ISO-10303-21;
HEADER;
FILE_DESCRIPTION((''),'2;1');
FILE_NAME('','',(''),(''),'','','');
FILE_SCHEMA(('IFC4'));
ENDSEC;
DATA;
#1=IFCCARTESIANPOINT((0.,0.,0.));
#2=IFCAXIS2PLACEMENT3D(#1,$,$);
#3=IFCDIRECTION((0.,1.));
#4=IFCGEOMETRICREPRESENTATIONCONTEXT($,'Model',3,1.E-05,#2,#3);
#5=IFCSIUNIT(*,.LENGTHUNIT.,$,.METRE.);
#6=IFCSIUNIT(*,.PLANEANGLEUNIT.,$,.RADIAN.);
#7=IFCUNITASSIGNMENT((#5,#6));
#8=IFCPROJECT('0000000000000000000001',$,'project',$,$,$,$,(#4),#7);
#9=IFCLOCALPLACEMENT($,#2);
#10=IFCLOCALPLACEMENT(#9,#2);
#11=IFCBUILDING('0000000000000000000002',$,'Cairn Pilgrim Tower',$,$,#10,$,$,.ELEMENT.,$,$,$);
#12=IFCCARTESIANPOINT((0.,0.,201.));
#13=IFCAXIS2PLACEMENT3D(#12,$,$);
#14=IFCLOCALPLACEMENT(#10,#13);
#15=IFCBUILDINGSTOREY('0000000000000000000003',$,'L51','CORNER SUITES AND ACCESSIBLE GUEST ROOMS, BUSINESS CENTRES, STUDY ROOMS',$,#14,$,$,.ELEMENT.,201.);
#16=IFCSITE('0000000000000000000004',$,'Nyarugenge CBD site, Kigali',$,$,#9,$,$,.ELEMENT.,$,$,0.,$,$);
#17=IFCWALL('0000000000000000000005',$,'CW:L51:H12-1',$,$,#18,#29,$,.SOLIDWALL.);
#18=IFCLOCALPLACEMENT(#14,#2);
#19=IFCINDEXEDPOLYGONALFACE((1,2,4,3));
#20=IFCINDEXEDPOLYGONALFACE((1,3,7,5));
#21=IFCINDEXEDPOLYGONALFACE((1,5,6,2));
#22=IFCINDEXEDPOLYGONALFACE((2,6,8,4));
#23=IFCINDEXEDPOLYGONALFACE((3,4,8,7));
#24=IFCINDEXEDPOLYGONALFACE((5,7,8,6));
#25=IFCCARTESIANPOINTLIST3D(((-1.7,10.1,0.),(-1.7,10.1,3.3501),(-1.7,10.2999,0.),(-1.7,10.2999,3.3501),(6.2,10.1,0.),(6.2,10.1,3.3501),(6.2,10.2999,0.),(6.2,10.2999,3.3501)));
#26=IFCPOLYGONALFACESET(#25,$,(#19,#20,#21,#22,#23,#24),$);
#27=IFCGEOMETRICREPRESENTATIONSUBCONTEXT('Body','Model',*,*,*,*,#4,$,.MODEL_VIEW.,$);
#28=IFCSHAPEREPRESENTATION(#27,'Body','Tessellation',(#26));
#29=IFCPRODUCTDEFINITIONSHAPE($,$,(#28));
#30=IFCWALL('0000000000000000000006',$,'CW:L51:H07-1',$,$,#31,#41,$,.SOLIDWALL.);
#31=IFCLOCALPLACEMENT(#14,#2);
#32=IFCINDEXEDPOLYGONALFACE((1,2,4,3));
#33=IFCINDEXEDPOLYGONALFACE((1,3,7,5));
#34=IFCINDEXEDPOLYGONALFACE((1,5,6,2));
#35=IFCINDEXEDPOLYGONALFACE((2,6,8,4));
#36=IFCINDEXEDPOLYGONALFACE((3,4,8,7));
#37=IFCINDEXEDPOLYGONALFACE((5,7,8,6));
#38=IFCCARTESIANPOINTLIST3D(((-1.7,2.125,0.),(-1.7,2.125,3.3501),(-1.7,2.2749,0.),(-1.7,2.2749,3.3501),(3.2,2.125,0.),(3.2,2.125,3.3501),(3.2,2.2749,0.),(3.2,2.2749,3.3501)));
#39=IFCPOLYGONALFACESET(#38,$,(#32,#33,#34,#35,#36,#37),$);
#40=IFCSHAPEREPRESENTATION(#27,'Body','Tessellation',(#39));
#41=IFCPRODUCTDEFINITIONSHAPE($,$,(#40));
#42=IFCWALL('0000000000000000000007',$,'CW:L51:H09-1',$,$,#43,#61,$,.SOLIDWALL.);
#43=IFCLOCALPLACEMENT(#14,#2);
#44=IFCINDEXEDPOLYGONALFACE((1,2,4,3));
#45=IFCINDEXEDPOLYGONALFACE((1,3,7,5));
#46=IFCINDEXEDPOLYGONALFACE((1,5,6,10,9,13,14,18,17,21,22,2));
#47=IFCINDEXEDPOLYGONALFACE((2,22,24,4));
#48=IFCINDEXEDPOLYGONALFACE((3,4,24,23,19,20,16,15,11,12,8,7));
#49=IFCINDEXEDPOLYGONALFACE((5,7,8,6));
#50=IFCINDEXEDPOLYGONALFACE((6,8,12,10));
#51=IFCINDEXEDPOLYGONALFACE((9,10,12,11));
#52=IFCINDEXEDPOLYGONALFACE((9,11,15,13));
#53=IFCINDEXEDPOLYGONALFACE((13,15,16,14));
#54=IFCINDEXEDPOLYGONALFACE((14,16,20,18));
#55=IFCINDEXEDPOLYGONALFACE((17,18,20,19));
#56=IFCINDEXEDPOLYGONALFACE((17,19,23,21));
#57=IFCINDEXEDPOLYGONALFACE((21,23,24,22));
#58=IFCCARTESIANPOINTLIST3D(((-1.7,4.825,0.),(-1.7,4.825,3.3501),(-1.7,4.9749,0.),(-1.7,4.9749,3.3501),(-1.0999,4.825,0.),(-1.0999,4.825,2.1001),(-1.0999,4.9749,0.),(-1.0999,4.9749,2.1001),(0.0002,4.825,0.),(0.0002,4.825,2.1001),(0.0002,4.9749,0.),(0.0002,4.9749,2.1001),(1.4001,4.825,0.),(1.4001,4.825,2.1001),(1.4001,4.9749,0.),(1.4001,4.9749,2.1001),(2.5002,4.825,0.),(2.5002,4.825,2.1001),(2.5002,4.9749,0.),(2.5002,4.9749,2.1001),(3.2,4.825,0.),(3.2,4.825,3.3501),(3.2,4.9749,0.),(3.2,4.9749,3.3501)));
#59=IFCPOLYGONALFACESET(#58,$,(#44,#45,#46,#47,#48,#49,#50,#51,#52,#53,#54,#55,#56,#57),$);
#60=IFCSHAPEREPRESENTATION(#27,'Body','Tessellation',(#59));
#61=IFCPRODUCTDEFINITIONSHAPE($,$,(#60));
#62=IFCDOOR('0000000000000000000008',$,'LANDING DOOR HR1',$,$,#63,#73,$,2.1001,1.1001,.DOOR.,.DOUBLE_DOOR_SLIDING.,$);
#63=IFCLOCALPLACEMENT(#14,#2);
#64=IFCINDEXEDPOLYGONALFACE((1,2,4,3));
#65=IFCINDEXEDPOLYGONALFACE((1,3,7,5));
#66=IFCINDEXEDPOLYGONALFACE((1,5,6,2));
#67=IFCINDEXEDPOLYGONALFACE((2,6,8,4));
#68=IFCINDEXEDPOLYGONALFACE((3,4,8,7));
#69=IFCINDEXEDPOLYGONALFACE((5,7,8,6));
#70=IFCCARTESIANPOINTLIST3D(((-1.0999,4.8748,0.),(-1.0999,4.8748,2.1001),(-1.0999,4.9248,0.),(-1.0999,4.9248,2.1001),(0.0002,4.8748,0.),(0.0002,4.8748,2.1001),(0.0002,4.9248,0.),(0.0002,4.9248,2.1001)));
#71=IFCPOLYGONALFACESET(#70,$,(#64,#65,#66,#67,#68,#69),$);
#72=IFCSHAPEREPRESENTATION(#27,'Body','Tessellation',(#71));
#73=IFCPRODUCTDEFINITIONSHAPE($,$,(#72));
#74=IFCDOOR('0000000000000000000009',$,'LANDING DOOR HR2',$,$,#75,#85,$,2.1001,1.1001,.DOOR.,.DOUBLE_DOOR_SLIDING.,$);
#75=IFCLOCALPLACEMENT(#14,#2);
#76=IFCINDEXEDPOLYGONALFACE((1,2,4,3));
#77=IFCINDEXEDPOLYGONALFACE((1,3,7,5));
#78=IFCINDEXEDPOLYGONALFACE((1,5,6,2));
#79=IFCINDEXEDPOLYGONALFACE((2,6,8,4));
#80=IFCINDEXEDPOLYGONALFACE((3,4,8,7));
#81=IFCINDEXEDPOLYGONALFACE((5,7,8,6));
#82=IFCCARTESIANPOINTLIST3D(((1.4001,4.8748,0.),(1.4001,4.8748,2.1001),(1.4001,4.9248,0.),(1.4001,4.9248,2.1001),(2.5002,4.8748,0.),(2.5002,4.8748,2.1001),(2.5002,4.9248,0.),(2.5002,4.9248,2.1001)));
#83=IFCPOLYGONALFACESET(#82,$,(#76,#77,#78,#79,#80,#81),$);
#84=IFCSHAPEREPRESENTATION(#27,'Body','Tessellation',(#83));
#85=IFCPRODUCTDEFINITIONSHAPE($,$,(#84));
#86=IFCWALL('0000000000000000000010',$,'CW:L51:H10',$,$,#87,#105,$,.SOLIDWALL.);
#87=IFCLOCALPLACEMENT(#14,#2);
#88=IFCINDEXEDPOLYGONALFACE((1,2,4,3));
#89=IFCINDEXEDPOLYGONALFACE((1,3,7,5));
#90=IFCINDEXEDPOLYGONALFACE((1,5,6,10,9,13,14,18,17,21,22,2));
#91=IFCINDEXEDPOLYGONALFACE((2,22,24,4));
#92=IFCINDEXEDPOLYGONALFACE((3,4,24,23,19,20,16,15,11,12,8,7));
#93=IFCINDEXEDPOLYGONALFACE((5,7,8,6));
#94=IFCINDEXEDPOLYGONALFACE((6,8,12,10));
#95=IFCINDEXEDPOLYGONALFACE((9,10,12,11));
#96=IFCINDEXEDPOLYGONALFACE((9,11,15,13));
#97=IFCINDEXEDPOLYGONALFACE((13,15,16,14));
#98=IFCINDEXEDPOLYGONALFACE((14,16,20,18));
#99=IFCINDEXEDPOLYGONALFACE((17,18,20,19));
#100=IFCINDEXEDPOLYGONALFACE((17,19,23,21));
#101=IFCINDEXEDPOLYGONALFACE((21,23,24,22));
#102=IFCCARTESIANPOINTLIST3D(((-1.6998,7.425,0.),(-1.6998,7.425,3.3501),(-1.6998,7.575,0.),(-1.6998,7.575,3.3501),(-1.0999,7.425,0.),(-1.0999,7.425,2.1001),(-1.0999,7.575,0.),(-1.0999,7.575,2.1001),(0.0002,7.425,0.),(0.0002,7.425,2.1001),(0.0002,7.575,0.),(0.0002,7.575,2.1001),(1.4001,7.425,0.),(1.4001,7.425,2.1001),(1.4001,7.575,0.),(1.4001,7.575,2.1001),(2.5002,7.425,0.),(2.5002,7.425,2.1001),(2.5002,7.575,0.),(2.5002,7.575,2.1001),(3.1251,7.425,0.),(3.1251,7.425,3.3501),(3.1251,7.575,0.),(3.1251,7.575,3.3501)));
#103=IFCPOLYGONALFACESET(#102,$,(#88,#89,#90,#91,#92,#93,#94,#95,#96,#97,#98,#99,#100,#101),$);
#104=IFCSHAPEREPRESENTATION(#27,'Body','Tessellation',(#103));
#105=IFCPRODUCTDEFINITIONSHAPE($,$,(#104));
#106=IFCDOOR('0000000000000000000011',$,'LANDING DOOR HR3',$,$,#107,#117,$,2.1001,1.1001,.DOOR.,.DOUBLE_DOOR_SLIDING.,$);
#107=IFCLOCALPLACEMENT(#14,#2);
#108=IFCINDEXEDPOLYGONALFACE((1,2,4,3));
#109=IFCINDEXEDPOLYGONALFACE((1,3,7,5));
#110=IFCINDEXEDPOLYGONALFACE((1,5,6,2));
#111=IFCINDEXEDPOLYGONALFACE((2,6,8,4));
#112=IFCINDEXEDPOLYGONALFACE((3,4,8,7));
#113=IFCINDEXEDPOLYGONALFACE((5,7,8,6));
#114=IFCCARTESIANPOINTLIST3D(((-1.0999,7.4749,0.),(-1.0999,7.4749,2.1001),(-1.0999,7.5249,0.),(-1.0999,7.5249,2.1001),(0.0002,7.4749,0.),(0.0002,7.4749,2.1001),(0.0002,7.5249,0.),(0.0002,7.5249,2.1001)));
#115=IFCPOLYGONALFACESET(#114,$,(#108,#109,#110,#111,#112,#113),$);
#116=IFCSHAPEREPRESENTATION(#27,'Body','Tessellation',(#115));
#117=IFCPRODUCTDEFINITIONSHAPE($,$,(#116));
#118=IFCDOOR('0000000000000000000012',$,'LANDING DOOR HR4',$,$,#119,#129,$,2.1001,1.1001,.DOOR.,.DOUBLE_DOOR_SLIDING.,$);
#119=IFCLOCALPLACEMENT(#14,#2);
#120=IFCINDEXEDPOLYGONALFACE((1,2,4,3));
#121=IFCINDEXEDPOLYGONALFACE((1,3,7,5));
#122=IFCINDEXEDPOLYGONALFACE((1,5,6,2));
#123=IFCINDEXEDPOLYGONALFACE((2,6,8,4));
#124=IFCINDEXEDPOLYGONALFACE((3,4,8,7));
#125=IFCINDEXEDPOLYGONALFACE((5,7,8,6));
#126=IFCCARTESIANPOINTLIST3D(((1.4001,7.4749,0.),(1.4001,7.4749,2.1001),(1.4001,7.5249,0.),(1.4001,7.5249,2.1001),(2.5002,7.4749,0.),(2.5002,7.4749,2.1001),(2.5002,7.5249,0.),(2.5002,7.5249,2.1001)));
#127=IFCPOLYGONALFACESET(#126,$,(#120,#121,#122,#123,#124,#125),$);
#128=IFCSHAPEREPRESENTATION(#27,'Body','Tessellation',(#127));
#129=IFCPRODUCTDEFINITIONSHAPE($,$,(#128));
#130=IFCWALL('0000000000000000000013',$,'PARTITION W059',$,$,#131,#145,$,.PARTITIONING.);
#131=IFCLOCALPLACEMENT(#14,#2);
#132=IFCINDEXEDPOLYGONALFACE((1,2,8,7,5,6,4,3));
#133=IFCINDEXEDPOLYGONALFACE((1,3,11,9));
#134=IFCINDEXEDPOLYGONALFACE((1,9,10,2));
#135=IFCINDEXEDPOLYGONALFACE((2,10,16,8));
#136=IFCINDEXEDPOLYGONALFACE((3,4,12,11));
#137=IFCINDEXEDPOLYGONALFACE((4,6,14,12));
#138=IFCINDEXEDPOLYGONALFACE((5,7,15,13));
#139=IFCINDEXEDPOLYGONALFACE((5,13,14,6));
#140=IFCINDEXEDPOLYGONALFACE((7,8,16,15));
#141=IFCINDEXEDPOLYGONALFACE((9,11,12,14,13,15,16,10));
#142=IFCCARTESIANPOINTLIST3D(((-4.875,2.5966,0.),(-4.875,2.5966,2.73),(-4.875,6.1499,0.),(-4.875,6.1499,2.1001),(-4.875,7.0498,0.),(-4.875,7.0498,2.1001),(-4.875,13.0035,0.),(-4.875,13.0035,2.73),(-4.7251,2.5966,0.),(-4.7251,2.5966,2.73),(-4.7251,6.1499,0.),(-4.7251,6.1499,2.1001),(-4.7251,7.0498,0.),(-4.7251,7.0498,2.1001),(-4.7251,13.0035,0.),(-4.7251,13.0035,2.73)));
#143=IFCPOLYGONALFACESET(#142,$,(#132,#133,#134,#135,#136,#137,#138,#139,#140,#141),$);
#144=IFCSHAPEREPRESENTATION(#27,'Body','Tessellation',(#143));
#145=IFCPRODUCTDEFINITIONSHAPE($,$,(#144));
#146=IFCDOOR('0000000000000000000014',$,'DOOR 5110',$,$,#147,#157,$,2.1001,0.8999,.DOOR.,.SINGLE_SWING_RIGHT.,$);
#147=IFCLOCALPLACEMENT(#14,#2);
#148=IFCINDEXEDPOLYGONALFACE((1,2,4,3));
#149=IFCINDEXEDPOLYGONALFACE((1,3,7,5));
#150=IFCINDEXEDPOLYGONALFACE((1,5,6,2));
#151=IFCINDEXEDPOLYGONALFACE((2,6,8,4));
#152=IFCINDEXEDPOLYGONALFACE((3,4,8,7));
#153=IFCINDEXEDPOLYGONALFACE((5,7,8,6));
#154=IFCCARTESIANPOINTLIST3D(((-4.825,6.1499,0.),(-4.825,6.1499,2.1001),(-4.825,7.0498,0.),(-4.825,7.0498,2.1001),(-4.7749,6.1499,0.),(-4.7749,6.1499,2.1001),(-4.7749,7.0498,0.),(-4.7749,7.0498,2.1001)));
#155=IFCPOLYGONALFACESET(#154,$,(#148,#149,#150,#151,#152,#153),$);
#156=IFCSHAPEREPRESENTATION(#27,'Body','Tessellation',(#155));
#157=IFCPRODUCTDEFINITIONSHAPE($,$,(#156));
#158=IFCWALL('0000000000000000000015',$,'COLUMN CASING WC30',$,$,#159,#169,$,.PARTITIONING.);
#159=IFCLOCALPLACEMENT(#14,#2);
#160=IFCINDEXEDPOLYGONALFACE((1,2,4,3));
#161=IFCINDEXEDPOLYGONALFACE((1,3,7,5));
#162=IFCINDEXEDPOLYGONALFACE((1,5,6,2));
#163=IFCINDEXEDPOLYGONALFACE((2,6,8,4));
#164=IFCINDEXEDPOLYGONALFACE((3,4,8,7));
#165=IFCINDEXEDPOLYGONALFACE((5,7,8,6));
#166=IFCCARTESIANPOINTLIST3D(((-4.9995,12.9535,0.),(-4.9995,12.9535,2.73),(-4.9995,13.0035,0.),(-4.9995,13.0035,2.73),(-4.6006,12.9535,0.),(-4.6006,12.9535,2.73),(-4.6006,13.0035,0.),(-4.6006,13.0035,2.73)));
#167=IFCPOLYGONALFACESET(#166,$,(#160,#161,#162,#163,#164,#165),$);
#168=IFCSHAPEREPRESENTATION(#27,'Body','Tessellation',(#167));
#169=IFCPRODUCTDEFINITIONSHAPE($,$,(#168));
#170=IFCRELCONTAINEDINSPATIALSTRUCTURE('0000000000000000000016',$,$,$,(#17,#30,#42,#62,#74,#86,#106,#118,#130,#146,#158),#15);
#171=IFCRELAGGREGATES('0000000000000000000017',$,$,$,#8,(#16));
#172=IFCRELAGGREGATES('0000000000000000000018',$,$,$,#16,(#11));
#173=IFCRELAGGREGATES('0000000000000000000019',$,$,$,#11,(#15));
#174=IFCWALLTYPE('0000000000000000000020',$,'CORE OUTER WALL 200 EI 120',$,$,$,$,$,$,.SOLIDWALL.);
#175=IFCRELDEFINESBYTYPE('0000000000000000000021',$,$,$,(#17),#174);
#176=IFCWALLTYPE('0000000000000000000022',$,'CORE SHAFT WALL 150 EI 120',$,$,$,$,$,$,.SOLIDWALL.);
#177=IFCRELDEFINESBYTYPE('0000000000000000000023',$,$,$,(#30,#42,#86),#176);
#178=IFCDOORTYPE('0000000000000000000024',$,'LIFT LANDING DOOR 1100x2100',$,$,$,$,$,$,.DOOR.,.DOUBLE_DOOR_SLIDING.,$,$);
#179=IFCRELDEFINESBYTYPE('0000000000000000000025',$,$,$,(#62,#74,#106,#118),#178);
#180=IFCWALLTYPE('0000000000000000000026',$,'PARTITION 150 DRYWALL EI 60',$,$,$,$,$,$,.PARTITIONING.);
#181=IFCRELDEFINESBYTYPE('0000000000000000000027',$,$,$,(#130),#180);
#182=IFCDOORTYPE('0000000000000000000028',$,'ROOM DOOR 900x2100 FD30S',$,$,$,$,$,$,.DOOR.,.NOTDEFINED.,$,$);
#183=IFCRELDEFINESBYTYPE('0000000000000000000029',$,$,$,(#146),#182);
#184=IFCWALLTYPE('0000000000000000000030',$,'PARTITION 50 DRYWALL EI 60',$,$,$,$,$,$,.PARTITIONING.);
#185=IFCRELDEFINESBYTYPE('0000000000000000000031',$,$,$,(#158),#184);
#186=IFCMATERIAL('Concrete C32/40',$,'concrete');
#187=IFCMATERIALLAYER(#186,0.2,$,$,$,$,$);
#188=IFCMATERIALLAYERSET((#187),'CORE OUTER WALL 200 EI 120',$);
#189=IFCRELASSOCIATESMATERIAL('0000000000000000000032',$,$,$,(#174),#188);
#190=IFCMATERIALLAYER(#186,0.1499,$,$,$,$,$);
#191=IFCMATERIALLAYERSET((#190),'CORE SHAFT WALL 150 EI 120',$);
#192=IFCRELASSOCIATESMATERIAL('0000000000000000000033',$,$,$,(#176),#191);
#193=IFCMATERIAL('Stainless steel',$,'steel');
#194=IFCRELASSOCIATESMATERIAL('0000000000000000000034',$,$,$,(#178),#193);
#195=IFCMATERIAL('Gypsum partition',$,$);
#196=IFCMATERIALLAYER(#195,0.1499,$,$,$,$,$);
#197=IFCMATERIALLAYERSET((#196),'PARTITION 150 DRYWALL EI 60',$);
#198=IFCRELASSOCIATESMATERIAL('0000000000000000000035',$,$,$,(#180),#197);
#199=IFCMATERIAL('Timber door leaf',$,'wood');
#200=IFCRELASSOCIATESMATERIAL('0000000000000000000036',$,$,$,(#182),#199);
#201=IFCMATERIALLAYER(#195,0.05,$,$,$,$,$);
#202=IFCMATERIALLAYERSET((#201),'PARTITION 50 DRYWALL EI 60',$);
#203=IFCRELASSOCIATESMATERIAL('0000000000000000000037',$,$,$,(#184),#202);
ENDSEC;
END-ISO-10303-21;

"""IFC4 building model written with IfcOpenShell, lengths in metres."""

from ifc_helpers import new_model, si_unit, direction, frame, frame_2d, origin, place, context, subcontext, project, spatial, rectangle, extrude, material, layer, layer_set, type_object, element, fill, save


model = new_model("IFC4")

# Units and contexts
model_context = context("Model", 3, precision=1e-05, world=origin(), true_north=direction((0.0, 1.0)))
body_context = subcontext(model_context, "Body", "Model", "MODEL_VIEW")
ifc_project = project(units=[si_unit("LENGTHUNIT", "METRE"), si_unit("PLANEANGLEUNIT", "RADIAN")], contexts=[model_context])

# Site, building, storey
site_placement = place(None, origin())
site = spatial("IfcSite", under=ifc_project, at=site_placement, Name="Nyarugenge CBD site, Kigali", CompositionType="ELEMENT", RefElevation=0.0)
building_placement = place(site_placement, origin())
building = spatial("IfcBuilding", under=site, at=building_placement, Name="Cairn Pilgrim Tower", CompositionType="ELEMENT")
storey_placement = place(building_placement, frame((0.0, 0.0, 201.0)))
storey = spatial("IfcBuildingStorey", under=building, at=storey_placement, Name="L51", Description="CORNER SUITES AND ACCESSIBLE GUEST ROOMS, BUSINESS CENTRES, STUDY ROOMS", CompositionType="ELEMENT", Elevation=201.0)

# Walls
ifc_material_1 = material(Name="Concrete C32/40", Category="concrete")
ifc_layer_1 = layer(ifc_material_1, 0.2)
ifc_layer_set_1 = layer_set([ifc_layer_1], Name="CORE OUTER WALL 200 EI 120")
wall_type_1 = type_object("IfcWallType", Name="CORE OUTER WALL 200 EI 120", PredefinedType="SOLIDWALL", material=ifc_layer_set_1)
wall_1_placement = place(storey_placement, frame((-1.7, 10.2, 0.0), z_axis=(0.0, 0.0, 1.0), x_axis=(1.0, 0.0, 0.0)))
element("IfcWall", 1, at=wall_1_placement, inside=storey, type_object=wall_type_1, Name="CW:L51:H12-1", PredefinedType="SOLIDWALL", context=body_context, shape_type="SweptSolid", body=[
    extrude(rectangle(XDim=7.8999, YDim=0.2, at=frame_2d((3.95, 0.0))), origin(), (0.0, 0.0, 1.0), 3.3501),
])
ifc_layer_2 = layer(ifc_material_1, 0.1499)
ifc_layer_set_2 = layer_set([ifc_layer_2], Name="CORE SHAFT WALL 150 EI 120")
wall_type_2 = type_object("IfcWallType", Name="CORE SHAFT WALL 150 EI 120", PredefinedType="SOLIDWALL", material=ifc_layer_set_2)
wall_2_placement = place(storey_placement, frame((-1.7, 2.2, 0.0), z_axis=(0.0, 0.0, 1.0), x_axis=(1.0, 0.0, 0.0)))
element("IfcWall", 2, at=wall_2_placement, inside=storey, type_object=wall_type_2, Name="CW:L51:H07-1", PredefinedType="SOLIDWALL", context=body_context, shape_type="SweptSolid", body=[
    extrude(rectangle(XDim=4.8999, YDim=0.1499, at=frame_2d((2.45, 0.0))), origin(), (0.0, 0.0, 1.0), 3.3501),
])

# Walls, openings, doors
wall_3_placement = place(storey_placement, frame((-1.7, 4.8999, 0.0), z_axis=(0.0, 0.0, 1.0), x_axis=(1.0, 0.0, 0.0)))
wall_3 = element("IfcWall", 3, at=wall_3_placement, inside=storey, type_object=wall_type_2, Name="CW:L51:H09-1", PredefinedType="SOLIDWALL", context=body_context, shape_type="SweptSolid", body=[
    extrude(rectangle(XDim=4.8999, YDim=0.1499, at=frame_2d((2.45, 0.0))), origin(), (0.0, 0.0, 1.0), 3.3501),
])
opening_1_placement = place(wall_3_placement, frame((0.6001, 0.0, 0.0)))
opening_1 = element("IfcOpeningElement", 4, at=opening_1_placement, cuts=wall_3, PredefinedType="OPENING", context=body_context, shape_type="SweptSolid", body=[
    extrude(rectangle(XDim=1.1001, YDim=2.1001, at=frame_2d((0.55, 1.05))), frame((0.0, 0.085, 0.0), z_axis=(0.0, -1.0, 0.0), x_axis=(1.0, 0.0, 0.0)), (0.0, 0.0, 1.0), 0.1699),
])
opening_2_placement = place(wall_3_placement, frame((3.1001, 0.0, 0.0)))
opening_2 = element("IfcOpeningElement", 5, at=opening_2_placement, cuts=wall_3, PredefinedType="OPENING", context=body_context, shape_type="SweptSolid", body=[
    extrude(rectangle(XDim=1.1001, YDim=2.1001, at=frame_2d((0.55, 1.05))), frame((0.0, 0.085, 0.0), z_axis=(0.0, -1.0, 0.0), x_axis=(1.0, 0.0, 0.0)), (0.0, 0.0, 1.0), 0.1699),
])
ifc_material_2 = material(Name="Stainless steel", Category="steel")
door_type_1 = type_object("IfcDoorType", Name="LIFT LANDING DOOR 1100x2100", OperationType="DOUBLE_DOOR_SLIDING", PredefinedType="DOOR", material=ifc_material_2)
door_1_placement = place(opening_1_placement, origin())
door_1 = element("IfcDoor", 6, at=door_1_placement, inside=storey, type_object=door_type_1, Name="LANDING DOOR HR1", OperationType="DOUBLE_DOOR_SLIDING", OverallHeight=2.1001, OverallWidth=1.1001, PredefinedType="DOOR", context=body_context, shape_type="SweptSolid", body=[
    extrude(rectangle(XDim=1.1001, YDim=2.1001, at=frame_2d((0.55, 1.05))), frame((0.0, 0.0249, 0.0), z_axis=(0.0, -1.0, 0.0), x_axis=(1.0, 0.0, 0.0)), (0.0, 0.0, 1.0), 0.05),
])
fill(opening_1, door_1)
door_2_placement = place(opening_2_placement, origin())
door_2 = element("IfcDoor", 7, at=door_2_placement, inside=storey, type_object=door_type_1, Name="LANDING DOOR HR2", OperationType="DOUBLE_DOOR_SLIDING", OverallHeight=2.1001, OverallWidth=1.1001, PredefinedType="DOOR", context=body_context, shape_type="SweptSolid", body=[
    extrude(rectangle(XDim=1.1001, YDim=2.1001, at=frame_2d((0.55, 1.05))), frame((0.0, 0.0249, 0.0), z_axis=(0.0, -1.0, 0.0), x_axis=(1.0, 0.0, 0.0)), (0.0, 0.0, 1.0), 0.05),
])
fill(opening_2, door_2)
wall_4_placement = place(storey_placement, frame((-1.7, 7.5, 0.0), z_axis=(0.0, 0.0, 1.0), x_axis=(1.0, 0.0, 0.0)))
wall_4 = element("IfcWall", 8, at=wall_4_placement, inside=storey, type_object=wall_type_2, Name="CW:L51:H10", PredefinedType="SOLIDWALL", context=body_context, shape_type="SweptSolid", body=[
    extrude(rectangle(XDim=4.825, YDim=0.1499, at=frame_2d((2.4126, 0.0))), origin(), (0.0, 0.0, 1.0), 3.3501),
])
opening_3_placement = place(wall_4_placement, frame((0.6001, 0.0, 0.0)))
opening_3 = element("IfcOpeningElement", 9, at=opening_3_placement, cuts=wall_4, PredefinedType="OPENING", context=body_context, shape_type="SweptSolid", body=[
    extrude(rectangle(XDim=1.1001, YDim=2.1001, at=frame_2d((0.55, 1.05))), frame((0.0, 0.085, 0.0), z_axis=(0.0, -1.0, 0.0), x_axis=(1.0, 0.0, 0.0)), (0.0, 0.0, 1.0), 0.1699),
])
opening_4_placement = place(wall_4_placement, frame((3.1001, 0.0, 0.0)))
opening_4 = element("IfcOpeningElement", 10, at=opening_4_placement, cuts=wall_4, PredefinedType="OPENING", context=body_context, shape_type="SweptSolid", body=[
    extrude(rectangle(XDim=1.1001, YDim=2.1001, at=frame_2d((0.55, 1.05))), frame((0.0, 0.085, 0.0), z_axis=(0.0, -1.0, 0.0), x_axis=(1.0, 0.0, 0.0)), (0.0, 0.0, 1.0), 0.1699),
])
door_3_placement = place(opening_3_placement, origin())
door_3 = element("IfcDoor", 11, at=door_3_placement, inside=storey, type_object=door_type_1, Name="LANDING DOOR HR3", OperationType="DOUBLE_DOOR_SLIDING", OverallHeight=2.1001, OverallWidth=1.1001, PredefinedType="DOOR", context=body_context, shape_type="SweptSolid", body=[
    extrude(rectangle(XDim=1.1001, YDim=2.1001, at=frame_2d((0.55, 1.05))), frame((0.0, 0.0249, 0.0), z_axis=(0.0, -1.0, 0.0), x_axis=(1.0, 0.0, 0.0)), (0.0, 0.0, 1.0), 0.05),
])
fill(opening_3, door_3)
door_4_placement = place(opening_4_placement, origin())
door_4 = element("IfcDoor", 12, at=door_4_placement, inside=storey, type_object=door_type_1, Name="LANDING DOOR HR4", OperationType="DOUBLE_DOOR_SLIDING", OverallHeight=2.1001, OverallWidth=1.1001, PredefinedType="DOOR", context=body_context, shape_type="SweptSolid", body=[
    extrude(rectangle(XDim=1.1001, YDim=2.1001, at=frame_2d((0.55, 1.05))), frame((0.0, 0.0249, 0.0), z_axis=(0.0, -1.0, 0.0), x_axis=(1.0, 0.0, 0.0)), (0.0, 0.0, 1.0), 0.05),
])
fill(opening_4, door_4)

# Wall, opening, door
ifc_material_3 = material(Name="Gypsum partition")
ifc_layer_3 = layer(ifc_material_3, 0.1499)
ifc_layer_set_3 = layer_set([ifc_layer_3], Name="PARTITION 150 DRYWALL EI 60")
wall_type_3 = type_object("IfcWallType", Name="PARTITION 150 DRYWALL EI 60", PredefinedType="PARTITIONING", material=ifc_layer_set_3)
wall_5_placement = place(storey_placement, frame((-4.8, 2.5964, 0.0), z_axis=(0.0, 0.0, 1.0), x_axis=(0.0, 1.0, 0.0)))
wall_5 = element("IfcWall", 13, at=wall_5_placement, inside=storey, type_object=wall_type_3, Name="PARTITION W059", PredefinedType="PARTITIONING", context=body_context, shape_type="SweptSolid", body=[
    extrude(rectangle(XDim=10.407, YDim=0.1499, at=frame_2d((5.2036, 0.0))), origin(), (0.0, 0.0, 1.0), 2.73),
])
opening_5_placement = place(wall_5_placement, frame((3.5535, 0.0, 0.0)))
opening_5 = element("IfcOpeningElement", 14, at=opening_5_placement, cuts=wall_5, PredefinedType="OPENING", context=body_context, shape_type="SweptSolid", body=[
    extrude(rectangle(XDim=0.8999, YDim=2.1001, at=frame_2d((0.45, 1.05))), frame((0.0, 0.085, 0.0), z_axis=(0.0, -1.0, 0.0), x_axis=(1.0, 0.0, 0.0)), (0.0, 0.0, 1.0), 0.1699),
])
ifc_material_4 = material(Name="Timber door leaf", Category="wood")
door_type_2 = type_object("IfcDoorType", Name="ROOM DOOR 900x2100 FD30S", OperationType="NOTDEFINED", PredefinedType="DOOR", material=ifc_material_4)
door_5_placement = place(opening_5_placement, origin())
door_5 = element("IfcDoor", 15, at=door_5_placement, inside=storey, type_object=door_type_2, Name="DOOR 5110", OperationType="SINGLE_SWING_RIGHT", OverallHeight=2.1001, OverallWidth=0.8999, PredefinedType="DOOR", context=body_context, shape_type="SweptSolid", body=[
    extrude(rectangle(XDim=0.8999, YDim=2.1001, at=frame_2d((0.45, 1.05))), frame((0.0, 0.0249, 0.0), z_axis=(0.0, -1.0, 0.0), x_axis=(1.0, 0.0, 0.0)), (0.0, 0.0, 1.0), 0.05),
])
fill(opening_5, door_5)

# Wall
ifc_layer_4 = layer(ifc_material_3, 0.05)
ifc_layer_set_4 = layer_set([ifc_layer_4], Name="PARTITION 50 DRYWALL EI 60")
wall_type_4 = type_object("IfcWallType", Name="PARTITION 50 DRYWALL EI 60", PredefinedType="PARTITIONING", material=ifc_layer_set_4)
wall_6_placement = place(storey_placement, frame((-4.9995, 12.9785, 0.0), z_axis=(0.0, 0.0, 1.0), x_axis=(1.0, 0.0, 0.0)))
element("IfcWall", 16, at=wall_6_placement, inside=storey, type_object=wall_type_4, Name="COLUMN CASING WC30", PredefinedType="PARTITIONING", context=body_context, shape_type="SweptSolid", body=[
    extrude(rectangle(XDim=0.3989, YDim=0.05, at=frame_2d((0.1995, 0.0))), origin(), (0.0, 0.0, 1.0), 2.73),
])

save(model, "model.ifc")
